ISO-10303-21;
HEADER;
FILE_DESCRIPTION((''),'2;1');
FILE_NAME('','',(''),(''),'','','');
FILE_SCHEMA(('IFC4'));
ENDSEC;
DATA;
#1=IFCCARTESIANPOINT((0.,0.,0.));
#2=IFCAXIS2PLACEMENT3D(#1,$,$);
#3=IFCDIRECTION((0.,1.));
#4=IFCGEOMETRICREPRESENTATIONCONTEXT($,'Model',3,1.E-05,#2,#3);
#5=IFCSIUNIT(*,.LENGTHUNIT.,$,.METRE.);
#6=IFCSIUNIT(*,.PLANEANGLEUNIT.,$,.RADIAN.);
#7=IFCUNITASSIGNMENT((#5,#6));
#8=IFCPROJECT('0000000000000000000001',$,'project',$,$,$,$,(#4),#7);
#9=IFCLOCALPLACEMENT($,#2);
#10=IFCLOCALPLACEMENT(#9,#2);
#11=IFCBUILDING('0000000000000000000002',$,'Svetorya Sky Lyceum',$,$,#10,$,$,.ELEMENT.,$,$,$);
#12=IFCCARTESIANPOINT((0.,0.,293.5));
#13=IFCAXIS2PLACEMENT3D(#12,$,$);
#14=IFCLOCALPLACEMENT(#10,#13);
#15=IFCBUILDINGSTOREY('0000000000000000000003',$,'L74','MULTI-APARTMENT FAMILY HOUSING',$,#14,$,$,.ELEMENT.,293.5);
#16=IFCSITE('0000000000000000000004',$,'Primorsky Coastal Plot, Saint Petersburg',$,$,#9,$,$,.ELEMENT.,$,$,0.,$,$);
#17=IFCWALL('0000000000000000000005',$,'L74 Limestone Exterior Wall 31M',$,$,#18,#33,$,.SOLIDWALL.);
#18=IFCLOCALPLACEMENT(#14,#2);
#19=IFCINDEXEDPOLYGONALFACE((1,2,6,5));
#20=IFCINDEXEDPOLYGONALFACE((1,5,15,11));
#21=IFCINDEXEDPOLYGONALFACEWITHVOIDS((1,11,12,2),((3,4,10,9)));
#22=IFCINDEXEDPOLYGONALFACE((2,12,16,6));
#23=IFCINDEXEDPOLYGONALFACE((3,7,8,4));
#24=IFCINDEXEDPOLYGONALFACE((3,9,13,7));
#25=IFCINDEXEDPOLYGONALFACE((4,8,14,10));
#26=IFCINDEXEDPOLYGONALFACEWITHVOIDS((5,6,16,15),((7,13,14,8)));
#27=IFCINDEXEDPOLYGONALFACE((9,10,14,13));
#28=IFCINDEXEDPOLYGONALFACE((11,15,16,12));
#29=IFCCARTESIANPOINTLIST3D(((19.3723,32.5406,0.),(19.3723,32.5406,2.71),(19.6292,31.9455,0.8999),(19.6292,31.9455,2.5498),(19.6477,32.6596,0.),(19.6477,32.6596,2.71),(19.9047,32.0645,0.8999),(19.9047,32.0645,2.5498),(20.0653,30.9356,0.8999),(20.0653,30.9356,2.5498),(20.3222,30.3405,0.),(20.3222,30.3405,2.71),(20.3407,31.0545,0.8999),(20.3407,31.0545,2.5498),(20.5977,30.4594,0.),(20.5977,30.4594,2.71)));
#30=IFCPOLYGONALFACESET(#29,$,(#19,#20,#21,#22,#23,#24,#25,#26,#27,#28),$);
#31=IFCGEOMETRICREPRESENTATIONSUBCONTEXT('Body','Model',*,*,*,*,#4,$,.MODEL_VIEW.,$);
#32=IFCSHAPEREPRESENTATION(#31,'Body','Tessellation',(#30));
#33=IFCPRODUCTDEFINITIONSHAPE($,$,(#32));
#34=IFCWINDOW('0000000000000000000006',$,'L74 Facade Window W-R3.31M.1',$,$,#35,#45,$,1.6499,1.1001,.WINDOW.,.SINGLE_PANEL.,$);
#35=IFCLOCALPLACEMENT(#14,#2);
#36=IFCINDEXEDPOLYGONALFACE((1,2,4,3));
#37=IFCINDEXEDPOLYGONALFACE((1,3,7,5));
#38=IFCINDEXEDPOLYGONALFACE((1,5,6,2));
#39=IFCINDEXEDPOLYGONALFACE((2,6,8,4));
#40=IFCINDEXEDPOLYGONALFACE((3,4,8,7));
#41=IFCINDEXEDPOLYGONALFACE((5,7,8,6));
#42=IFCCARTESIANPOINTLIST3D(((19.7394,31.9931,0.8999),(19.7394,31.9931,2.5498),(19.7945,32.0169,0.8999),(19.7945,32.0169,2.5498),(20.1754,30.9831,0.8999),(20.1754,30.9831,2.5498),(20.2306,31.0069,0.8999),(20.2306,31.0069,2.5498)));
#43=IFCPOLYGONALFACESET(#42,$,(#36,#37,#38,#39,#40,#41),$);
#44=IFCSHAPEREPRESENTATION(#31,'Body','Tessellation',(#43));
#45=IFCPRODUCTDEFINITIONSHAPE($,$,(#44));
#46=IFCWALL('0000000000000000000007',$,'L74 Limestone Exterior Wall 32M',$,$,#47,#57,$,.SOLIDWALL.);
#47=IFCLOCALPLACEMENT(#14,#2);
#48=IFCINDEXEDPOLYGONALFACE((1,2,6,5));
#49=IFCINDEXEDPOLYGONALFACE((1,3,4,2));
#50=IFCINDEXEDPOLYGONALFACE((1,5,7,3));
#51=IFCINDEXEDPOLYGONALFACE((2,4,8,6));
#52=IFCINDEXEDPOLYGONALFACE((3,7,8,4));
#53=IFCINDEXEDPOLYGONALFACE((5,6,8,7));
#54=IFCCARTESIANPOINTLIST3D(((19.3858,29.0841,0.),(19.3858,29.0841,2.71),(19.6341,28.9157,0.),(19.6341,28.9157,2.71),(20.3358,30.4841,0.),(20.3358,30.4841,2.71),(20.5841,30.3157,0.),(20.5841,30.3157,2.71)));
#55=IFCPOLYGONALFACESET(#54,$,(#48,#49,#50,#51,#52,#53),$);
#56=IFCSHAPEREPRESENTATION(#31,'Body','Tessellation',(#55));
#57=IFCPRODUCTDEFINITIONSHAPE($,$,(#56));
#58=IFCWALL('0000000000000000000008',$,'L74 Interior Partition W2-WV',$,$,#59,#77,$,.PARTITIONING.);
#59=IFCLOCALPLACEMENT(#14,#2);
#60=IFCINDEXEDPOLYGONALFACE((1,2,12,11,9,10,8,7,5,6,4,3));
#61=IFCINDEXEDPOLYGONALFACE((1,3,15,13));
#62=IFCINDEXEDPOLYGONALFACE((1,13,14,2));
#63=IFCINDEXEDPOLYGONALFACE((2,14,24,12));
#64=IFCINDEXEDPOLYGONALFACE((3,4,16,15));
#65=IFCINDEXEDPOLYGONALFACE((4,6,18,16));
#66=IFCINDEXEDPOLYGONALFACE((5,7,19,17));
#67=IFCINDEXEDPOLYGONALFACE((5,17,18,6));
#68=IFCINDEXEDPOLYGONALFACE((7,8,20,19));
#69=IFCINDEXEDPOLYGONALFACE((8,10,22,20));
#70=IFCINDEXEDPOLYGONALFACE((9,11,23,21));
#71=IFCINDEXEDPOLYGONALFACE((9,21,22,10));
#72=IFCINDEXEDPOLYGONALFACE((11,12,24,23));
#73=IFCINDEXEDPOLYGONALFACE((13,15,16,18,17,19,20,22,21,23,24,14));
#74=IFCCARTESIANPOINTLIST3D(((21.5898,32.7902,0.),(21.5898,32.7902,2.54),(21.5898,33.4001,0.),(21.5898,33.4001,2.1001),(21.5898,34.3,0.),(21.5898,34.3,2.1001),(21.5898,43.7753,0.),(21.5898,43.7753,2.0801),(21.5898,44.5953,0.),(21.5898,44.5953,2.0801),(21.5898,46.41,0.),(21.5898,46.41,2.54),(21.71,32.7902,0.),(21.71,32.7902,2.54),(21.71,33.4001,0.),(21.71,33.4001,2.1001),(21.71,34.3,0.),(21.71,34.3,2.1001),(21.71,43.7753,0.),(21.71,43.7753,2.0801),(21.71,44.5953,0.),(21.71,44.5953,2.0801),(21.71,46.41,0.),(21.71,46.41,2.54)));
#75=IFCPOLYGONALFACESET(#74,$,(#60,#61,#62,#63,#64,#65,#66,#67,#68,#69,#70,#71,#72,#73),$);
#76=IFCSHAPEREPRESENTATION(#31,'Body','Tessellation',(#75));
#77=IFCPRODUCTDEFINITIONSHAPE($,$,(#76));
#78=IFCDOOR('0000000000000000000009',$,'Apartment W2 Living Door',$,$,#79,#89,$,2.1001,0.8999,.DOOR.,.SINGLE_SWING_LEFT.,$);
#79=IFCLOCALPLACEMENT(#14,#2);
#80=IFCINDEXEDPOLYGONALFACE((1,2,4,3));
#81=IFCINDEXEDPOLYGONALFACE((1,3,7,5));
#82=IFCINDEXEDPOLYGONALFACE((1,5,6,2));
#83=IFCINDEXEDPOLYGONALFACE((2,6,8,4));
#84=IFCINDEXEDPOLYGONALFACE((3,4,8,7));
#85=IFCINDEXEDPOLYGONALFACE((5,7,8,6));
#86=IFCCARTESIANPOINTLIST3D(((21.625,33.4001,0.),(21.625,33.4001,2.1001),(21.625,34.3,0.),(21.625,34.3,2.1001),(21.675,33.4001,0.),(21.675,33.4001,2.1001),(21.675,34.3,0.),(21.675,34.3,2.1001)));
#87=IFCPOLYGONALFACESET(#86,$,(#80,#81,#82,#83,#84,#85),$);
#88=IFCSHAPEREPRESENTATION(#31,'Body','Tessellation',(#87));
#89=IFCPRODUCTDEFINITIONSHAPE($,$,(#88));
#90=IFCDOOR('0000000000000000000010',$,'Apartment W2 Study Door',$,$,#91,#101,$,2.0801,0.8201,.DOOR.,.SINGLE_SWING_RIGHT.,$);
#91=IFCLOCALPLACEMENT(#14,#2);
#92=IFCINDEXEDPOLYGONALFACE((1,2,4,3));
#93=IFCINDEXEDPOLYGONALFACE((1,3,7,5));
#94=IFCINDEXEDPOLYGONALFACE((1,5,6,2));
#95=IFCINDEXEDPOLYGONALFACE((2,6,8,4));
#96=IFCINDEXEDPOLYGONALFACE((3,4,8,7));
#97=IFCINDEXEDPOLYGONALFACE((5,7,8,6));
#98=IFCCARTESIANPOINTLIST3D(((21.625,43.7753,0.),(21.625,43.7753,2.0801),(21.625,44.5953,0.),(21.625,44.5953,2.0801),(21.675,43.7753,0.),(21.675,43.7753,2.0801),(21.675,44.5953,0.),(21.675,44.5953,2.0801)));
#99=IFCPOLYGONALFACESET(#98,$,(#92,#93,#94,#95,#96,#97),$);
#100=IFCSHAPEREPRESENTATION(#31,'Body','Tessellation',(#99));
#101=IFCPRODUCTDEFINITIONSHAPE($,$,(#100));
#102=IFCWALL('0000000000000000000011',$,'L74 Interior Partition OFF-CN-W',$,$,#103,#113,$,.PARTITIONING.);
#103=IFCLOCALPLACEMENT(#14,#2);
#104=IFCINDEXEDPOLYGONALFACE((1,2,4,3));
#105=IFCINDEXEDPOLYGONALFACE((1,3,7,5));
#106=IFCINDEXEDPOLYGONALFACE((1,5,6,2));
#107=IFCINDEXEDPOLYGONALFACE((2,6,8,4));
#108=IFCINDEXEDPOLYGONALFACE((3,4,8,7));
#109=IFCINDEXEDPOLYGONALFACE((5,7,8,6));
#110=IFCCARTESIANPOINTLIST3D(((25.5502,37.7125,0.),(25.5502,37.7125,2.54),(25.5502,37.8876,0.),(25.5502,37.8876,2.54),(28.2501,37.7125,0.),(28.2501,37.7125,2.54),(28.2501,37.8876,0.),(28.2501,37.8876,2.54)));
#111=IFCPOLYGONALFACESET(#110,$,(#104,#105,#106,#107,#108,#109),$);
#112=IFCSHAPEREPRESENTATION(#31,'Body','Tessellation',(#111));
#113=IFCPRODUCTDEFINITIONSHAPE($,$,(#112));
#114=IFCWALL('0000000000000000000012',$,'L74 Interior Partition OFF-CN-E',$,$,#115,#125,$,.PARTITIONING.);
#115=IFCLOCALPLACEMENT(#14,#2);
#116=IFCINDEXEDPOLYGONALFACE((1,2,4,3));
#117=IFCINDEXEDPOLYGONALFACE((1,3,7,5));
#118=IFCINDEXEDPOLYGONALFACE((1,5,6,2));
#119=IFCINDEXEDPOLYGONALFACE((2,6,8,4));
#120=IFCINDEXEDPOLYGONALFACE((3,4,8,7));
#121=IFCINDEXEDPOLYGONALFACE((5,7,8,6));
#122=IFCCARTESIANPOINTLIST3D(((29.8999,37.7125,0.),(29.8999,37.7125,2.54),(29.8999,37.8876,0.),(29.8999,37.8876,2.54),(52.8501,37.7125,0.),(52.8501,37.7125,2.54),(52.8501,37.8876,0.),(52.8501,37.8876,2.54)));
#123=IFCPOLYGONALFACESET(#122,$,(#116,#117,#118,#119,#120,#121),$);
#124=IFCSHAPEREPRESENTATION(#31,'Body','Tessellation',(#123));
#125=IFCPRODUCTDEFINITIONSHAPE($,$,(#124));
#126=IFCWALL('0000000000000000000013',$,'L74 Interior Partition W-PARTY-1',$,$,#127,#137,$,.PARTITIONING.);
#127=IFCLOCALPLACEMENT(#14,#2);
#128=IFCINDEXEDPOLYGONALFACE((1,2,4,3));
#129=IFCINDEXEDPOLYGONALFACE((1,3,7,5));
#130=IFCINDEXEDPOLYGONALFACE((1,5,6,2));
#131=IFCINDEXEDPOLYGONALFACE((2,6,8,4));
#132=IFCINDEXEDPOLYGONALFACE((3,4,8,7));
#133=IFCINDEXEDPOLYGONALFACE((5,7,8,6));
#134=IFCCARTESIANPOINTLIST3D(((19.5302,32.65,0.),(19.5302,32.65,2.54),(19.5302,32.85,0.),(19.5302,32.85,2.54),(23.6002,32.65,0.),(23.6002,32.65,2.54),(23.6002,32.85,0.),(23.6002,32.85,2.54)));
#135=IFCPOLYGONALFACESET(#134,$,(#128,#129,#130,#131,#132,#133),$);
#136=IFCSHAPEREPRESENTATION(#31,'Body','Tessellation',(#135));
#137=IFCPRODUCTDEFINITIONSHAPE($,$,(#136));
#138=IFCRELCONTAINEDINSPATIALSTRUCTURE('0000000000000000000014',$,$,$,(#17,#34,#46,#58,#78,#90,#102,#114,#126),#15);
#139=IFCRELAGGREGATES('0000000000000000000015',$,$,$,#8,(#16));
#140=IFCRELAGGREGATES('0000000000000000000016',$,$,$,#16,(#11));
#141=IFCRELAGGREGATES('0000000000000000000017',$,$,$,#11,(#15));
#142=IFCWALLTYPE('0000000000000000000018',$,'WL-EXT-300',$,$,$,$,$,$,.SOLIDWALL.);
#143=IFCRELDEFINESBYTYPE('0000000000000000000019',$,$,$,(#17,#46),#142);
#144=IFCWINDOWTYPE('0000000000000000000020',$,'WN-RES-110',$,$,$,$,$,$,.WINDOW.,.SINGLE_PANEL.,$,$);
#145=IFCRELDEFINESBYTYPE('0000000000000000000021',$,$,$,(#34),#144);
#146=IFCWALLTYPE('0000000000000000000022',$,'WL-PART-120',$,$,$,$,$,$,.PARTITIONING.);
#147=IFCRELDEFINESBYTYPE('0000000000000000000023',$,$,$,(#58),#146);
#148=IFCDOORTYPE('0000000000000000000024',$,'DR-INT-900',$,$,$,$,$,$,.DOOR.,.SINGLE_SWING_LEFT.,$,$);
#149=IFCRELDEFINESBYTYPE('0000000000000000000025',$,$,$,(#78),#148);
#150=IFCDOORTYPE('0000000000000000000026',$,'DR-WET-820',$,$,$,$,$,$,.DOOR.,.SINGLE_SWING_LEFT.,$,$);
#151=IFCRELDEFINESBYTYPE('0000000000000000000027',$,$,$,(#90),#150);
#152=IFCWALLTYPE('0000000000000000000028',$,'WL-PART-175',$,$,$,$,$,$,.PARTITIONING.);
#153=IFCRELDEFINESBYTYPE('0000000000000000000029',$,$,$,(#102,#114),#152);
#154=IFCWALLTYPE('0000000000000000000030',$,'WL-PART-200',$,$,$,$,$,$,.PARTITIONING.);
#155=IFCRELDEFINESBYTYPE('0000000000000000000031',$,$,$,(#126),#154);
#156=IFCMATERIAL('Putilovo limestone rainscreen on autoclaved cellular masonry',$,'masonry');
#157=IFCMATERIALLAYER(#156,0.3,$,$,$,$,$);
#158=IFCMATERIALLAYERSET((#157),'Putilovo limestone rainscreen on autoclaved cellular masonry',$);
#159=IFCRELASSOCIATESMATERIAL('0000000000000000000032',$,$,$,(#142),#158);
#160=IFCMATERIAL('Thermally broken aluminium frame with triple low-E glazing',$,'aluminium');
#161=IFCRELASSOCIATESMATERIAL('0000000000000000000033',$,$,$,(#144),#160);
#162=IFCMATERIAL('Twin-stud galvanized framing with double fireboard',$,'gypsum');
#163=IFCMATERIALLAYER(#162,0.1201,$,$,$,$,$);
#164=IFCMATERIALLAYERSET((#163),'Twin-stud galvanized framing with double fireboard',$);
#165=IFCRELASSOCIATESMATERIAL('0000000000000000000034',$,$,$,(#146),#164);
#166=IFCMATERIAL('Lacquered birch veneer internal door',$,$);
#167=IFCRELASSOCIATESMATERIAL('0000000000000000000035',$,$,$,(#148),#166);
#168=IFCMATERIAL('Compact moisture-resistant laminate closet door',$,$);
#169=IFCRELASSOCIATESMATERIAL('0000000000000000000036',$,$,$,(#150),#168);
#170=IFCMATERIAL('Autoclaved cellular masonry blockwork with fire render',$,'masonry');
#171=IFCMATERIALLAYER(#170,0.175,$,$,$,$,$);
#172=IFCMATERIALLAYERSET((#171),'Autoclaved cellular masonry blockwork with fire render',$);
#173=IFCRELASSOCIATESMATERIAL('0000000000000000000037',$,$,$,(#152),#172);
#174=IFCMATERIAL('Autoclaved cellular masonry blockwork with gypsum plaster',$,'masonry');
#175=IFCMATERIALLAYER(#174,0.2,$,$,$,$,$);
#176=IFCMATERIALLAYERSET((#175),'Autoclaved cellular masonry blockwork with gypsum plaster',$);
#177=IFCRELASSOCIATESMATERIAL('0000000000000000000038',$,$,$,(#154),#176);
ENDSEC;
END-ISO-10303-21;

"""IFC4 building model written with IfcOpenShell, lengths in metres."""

from ifc_helpers import new_model, si_unit, direction, frame, frame_2d, origin, place, context, subcontext, project, spatial, rectangle, extrude, material, layer, layer_set, type_object, element, fill, save


model = new_model("IFC4")

# Units and contexts
model_context = context("Model", 3, precision=1e-05, world=origin(), true_north=direction((0.0, 1.0)))
body_context = subcontext(model_context, "Body", "Model", "MODEL_VIEW")
ifc_project = project(units=[si_unit("LENGTHUNIT", "METRE"), si_unit("PLANEANGLEUNIT", "RADIAN")], contexts=[model_context])

# Site, building, storey
site_placement = place(None, origin())
site = spatial("IfcSite", under=ifc_project, at=site_placement, Name="Primorsky Coastal Plot, Saint Petersburg", CompositionType="ELEMENT", RefElevation=0.0)
building_placement = place(site_placement, origin())
building = spatial("IfcBuilding", under=site, at=building_placement, Name="Svetorya Sky Lyceum", CompositionType="ELEMENT")
storey_placement = place(building_placement, frame((0.0, 0.0, 293.5)))
storey = spatial("IfcBuildingStorey", under=building, at=storey_placement, Name="L74", Description="MULTI-APARTMENT FAMILY HOUSING", CompositionType="ELEMENT", Elevation=293.5)

# Shared definitions
ifc_material_1 = material(Name="Putilovo limestone rainscreen on autoclaved cellular masonry", Category="masonry")
ifc_layer_1 = layer(ifc_material_1, 0.3)
ifc_layer_set_1 = layer_set([ifc_layer_1], Name="Putilovo limestone rainscreen on autoclaved cellular masonry")
wall_type_1 = type_object("IfcWallType", Name="WL-EXT-300", PredefinedType="SOLIDWALL", material=ifc_layer_set_1)

# Wall, opening, window
wall_1_placement = place(storey_placement, frame((19.51, 32.6001, 0.0), z_axis=(0.0, 0.0, 1.0), x_axis=(0.396389, -0.918083, 0.0)))
wall_1 = element("IfcWall", 1, at=wall_1_placement, inside=storey, type_object=wall_type_1, Name="L74 Limestone Exterior Wall 31M", PredefinedType="SOLIDWALL", context=body_context, shape_type="SweptSolid", body=[
    extrude(rectangle(XDim=2.3965, YDim=0.3, at=frame_2d((1.1982, 0.0))), origin(), (0.0, 0.0, 1.0), 2.71),
])
opening_1_placement = place(wall_1_placement, frame((0.6482, 0.0, 0.8999)))
opening_1 = element("IfcOpeningElement", 2, at=opening_1_placement, cuts=wall_1, PredefinedType="OPENING", context=body_context, shape_type="SweptSolid", body=[
    extrude(rectangle(XDim=1.1001, YDim=1.6499, at=frame_2d((0.55, 0.825))), frame((0.0, 0.1599, 0.0), z_axis=(0.0, -1.0, 0.0), x_axis=(1.0, 0.0, 0.0)), (0.0, 0.0, 1.0), 0.3201),
])
ifc_material_2 = material(Name="Thermally broken aluminium frame with triple low-E glazing", Category="aluminium")
window_type = type_object("IfcWindowType", Name="WN-RES-110", PartitioningType="SINGLE_PANEL", PredefinedType="WINDOW", material=ifc_material_2)
window_placement = place(opening_1_placement, origin())
window = element("IfcWindow", 3, at=window_placement, inside=storey, type_object=window_type, Name="L74 Facade Window W-R3.31M.1", OverallHeight=1.6499, OverallWidth=1.1001, PartitioningType="SINGLE_PANEL", PredefinedType="WINDOW", context=body_context, shape_type="SweptSolid", body=[
    extrude(rectangle(XDim=1.1001, YDim=1.6499, at=frame_2d((0.55, 0.825))), frame((0.0, 0.03, 0.0), z_axis=(0.0, -1.0, 0.0), x_axis=(1.0, 0.0, 0.0)), (0.0, 0.0, 1.0), 0.0601),
])
fill(opening_1, window)

# Wall
wall_2_placement = place(storey_placement, frame((20.46, 30.3999, 0.0), z_axis=(0.0, 0.0, 1.0), x_axis=(-0.561508, -0.827471, 0.0)))
element("IfcWall", 4, at=wall_2_placement, inside=storey, type_object=wall_type_1, Name="L74 Limestone Exterior Wall 32M", PredefinedType="SOLIDWALL", context=body_context, shape_type="SweptSolid", body=[
    extrude(rectangle(XDim=1.6919, YDim=0.3, at=frame_2d((0.8459, 0.0))), origin(), (0.0, 0.0, 1.0), 2.71),
])

# Wall, openings, doors
ifc_material_3 = material(Name="Twin-stud galvanized framing with double fireboard", Category="gypsum")
ifc_layer_2 = layer(ifc_material_3, 0.1201)
ifc_layer_set_2 = layer_set([ifc_layer_2], Name="Twin-stud galvanized framing with double fireboard")
wall_type_2 = type_object("IfcWallType", Name="WL-PART-120", PredefinedType="PARTITIONING", material=ifc_layer_set_2)
wall_3_placement = place(storey_placement, frame((21.6499, 32.79, 0.0), z_axis=(0.0, 0.0, 1.0), x_axis=(0.0, 1.0, 0.0)))
wall_3 = element("IfcWall", 5, at=wall_3_placement, inside=storey, type_object=wall_type_2, Name="L74 Interior Partition W2-WV", PredefinedType="PARTITIONING", context=body_context, shape_type="SweptSolid", body=[
    extrude(rectangle(XDim=13.6199, YDim=0.1201, at=frame_2d((6.8101, 0.0))), origin(), (0.0, 0.0, 1.0), 2.54),
])
opening_2_placement = place(wall_3_placement, frame((0.6101, 0.0, 0.0)))
opening_2 = element("IfcOpeningElement", 6, at=opening_2_placement, cuts=wall_3, PredefinedType="OPENING", context=body_context, shape_type="SweptSolid", body=[
    extrude(rectangle(XDim=0.8999, YDim=2.1001, at=frame_2d((0.45, 1.05))), frame((0.0, 0.0701, 0.0), z_axis=(0.0, -1.0, 0.0), x_axis=(1.0, 0.0, 0.0)), (0.0, 0.0, 1.0), 0.1401),
])
opening_3_placement = place(wall_3_placement, frame((10.9851, 0.0, 0.0)))
opening_3 = element("IfcOpeningElement", 7, at=opening_3_placement, cuts=wall_3, PredefinedType="OPENING", context=body_context, shape_type="SweptSolid", body=[
    extrude(rectangle(XDim=0.8201, YDim=2.0801, at=frame_2d((0.4102, 1.04))), frame((0.0, 0.0701, 0.0), z_axis=(0.0, -1.0, 0.0), x_axis=(1.0, 0.0, 0.0)), (0.0, 0.0, 1.0), 0.1401),
])
ifc_material_4 = material(Name="Lacquered birch veneer internal door")
door_type_1 = type_object("IfcDoorType", Name="DR-INT-900", OperationType="SINGLE_SWING_LEFT", PredefinedType="DOOR", material=ifc_material_4)
door_1_placement = place(opening_2_placement, origin())
door_1 = element("IfcDoor", 8, at=door_1_placement, inside=storey, type_object=door_type_1, Name="Apartment W2 Living Door", OperationType="SINGLE_SWING_LEFT", OverallHeight=2.1001, OverallWidth=0.8999, PredefinedType="DOOR", context=body_context, shape_type="SweptSolid", body=[
    extrude(rectangle(XDim=0.8999, YDim=2.1001, at=frame_2d((0.45, 1.05))), frame((0.0, 0.0249, 0.0), z_axis=(0.0, -1.0, 0.0), x_axis=(1.0, 0.0, 0.0)), (0.0, 0.0, 1.0), 0.05),
])
fill(opening_2, door_1)
ifc_material_5 = material(Name="Compact moisture-resistant laminate closet door")
door_type_2 = type_object("IfcDoorType", Name="DR-WET-820", OperationType="SINGLE_SWING_LEFT", PredefinedType="DOOR", material=ifc_material_5)
door_2_placement = place(opening_3_placement, origin())
door_2 = element("IfcDoor", 9, at=door_2_placement, inside=storey, type_object=door_type_2, Name="Apartment W2 Study Door", OperationType="SINGLE_SWING_RIGHT", OverallHeight=2.0801, OverallWidth=0.8201, PredefinedType="DOOR", context=body_context, shape_type="SweptSolid", body=[
    extrude(rectangle(XDim=0.8201, YDim=2.0801, at=frame_2d((0.4102, 1.04))), frame((0.0, 0.0249, 0.0), z_axis=(0.0, -1.0, 0.0), x_axis=(1.0, 0.0, 0.0)), (0.0, 0.0, 1.0), 0.05),
])
fill(opening_3, door_2)

# Walls
ifc_material_6 = material(Name="Autoclaved cellular masonry blockwork with fire render", Category="masonry")
ifc_layer_3 = layer(ifc_material_6, 0.175)
ifc_layer_set_3 = layer_set([ifc_layer_3], Name="Autoclaved cellular masonry blockwork with fire render")
wall_type_3 = type_object("IfcWallType", Name="WL-PART-175", PredefinedType="PARTITIONING", material=ifc_layer_set_3)
wall_4_placement = place(storey_placement, frame((25.55, 37.8, 0.0), z_axis=(0.0, 0.0, 1.0), x_axis=(1.0, 0.0, 0.0)))
element("IfcWall", 10, at=wall_4_placement, inside=storey, type_object=wall_type_3, Name="L74 Interior Partition OFF-CN-W", PredefinedType="PARTITIONING", context=body_context, shape_type="SweptSolid", body=[
    extrude(rectangle(XDim=2.7, YDim=0.175, at=frame_2d((1.3501, 0.0))), origin(), (0.0, 0.0, 1.0), 2.54),
])
wall_5_placement = place(storey_placement, frame((29.8999, 37.8, 0.0), z_axis=(0.0, 0.0, 1.0), x_axis=(1.0, 0.0, 0.0)))
element("IfcWall", 11, at=wall_5_placement, inside=storey, type_object=wall_type_3, Name="L74 Interior Partition OFF-CN-E", PredefinedType="PARTITIONING", context=body_context, shape_type="SweptSolid", body=[
    extrude(rectangle(XDim=22.9502, YDim=0.175, at=frame_2d((11.4751, 0.0))), origin(), (0.0, 0.0, 1.0), 2.54),
])
ifc_material_7 = material(Name="Autoclaved cellular masonry blockwork with gypsum plaster", Category="masonry")
ifc_layer_4 = layer(ifc_material_7, 0.2)
ifc_layer_set_4 = layer_set([ifc_layer_4], Name="Autoclaved cellular masonry blockwork with gypsum plaster")
wall_type_4 = type_object("IfcWallType", Name="WL-PART-200", PredefinedType="PARTITIONING", material=ifc_layer_set_4)
wall_6_placement = place(storey_placement, frame((19.53, 32.75, 0.0), z_axis=(0.0, 0.0, 1.0), x_axis=(1.0, 0.0, 0.0)))
element("IfcWall", 12, at=wall_6_placement, inside=storey, type_object=wall_type_4, Name="L74 Interior Partition W-PARTY-1", PredefinedType="PARTITIONING", context=body_context, shape_type="SweptSolid", body=[
    extrude(rectangle(XDim=4.0701, YDim=0.2, at=frame_2d((2.0352, 0.0))), origin(), (0.0, 0.0, 1.0), 2.54),
])

save(model, "model.ifc")
